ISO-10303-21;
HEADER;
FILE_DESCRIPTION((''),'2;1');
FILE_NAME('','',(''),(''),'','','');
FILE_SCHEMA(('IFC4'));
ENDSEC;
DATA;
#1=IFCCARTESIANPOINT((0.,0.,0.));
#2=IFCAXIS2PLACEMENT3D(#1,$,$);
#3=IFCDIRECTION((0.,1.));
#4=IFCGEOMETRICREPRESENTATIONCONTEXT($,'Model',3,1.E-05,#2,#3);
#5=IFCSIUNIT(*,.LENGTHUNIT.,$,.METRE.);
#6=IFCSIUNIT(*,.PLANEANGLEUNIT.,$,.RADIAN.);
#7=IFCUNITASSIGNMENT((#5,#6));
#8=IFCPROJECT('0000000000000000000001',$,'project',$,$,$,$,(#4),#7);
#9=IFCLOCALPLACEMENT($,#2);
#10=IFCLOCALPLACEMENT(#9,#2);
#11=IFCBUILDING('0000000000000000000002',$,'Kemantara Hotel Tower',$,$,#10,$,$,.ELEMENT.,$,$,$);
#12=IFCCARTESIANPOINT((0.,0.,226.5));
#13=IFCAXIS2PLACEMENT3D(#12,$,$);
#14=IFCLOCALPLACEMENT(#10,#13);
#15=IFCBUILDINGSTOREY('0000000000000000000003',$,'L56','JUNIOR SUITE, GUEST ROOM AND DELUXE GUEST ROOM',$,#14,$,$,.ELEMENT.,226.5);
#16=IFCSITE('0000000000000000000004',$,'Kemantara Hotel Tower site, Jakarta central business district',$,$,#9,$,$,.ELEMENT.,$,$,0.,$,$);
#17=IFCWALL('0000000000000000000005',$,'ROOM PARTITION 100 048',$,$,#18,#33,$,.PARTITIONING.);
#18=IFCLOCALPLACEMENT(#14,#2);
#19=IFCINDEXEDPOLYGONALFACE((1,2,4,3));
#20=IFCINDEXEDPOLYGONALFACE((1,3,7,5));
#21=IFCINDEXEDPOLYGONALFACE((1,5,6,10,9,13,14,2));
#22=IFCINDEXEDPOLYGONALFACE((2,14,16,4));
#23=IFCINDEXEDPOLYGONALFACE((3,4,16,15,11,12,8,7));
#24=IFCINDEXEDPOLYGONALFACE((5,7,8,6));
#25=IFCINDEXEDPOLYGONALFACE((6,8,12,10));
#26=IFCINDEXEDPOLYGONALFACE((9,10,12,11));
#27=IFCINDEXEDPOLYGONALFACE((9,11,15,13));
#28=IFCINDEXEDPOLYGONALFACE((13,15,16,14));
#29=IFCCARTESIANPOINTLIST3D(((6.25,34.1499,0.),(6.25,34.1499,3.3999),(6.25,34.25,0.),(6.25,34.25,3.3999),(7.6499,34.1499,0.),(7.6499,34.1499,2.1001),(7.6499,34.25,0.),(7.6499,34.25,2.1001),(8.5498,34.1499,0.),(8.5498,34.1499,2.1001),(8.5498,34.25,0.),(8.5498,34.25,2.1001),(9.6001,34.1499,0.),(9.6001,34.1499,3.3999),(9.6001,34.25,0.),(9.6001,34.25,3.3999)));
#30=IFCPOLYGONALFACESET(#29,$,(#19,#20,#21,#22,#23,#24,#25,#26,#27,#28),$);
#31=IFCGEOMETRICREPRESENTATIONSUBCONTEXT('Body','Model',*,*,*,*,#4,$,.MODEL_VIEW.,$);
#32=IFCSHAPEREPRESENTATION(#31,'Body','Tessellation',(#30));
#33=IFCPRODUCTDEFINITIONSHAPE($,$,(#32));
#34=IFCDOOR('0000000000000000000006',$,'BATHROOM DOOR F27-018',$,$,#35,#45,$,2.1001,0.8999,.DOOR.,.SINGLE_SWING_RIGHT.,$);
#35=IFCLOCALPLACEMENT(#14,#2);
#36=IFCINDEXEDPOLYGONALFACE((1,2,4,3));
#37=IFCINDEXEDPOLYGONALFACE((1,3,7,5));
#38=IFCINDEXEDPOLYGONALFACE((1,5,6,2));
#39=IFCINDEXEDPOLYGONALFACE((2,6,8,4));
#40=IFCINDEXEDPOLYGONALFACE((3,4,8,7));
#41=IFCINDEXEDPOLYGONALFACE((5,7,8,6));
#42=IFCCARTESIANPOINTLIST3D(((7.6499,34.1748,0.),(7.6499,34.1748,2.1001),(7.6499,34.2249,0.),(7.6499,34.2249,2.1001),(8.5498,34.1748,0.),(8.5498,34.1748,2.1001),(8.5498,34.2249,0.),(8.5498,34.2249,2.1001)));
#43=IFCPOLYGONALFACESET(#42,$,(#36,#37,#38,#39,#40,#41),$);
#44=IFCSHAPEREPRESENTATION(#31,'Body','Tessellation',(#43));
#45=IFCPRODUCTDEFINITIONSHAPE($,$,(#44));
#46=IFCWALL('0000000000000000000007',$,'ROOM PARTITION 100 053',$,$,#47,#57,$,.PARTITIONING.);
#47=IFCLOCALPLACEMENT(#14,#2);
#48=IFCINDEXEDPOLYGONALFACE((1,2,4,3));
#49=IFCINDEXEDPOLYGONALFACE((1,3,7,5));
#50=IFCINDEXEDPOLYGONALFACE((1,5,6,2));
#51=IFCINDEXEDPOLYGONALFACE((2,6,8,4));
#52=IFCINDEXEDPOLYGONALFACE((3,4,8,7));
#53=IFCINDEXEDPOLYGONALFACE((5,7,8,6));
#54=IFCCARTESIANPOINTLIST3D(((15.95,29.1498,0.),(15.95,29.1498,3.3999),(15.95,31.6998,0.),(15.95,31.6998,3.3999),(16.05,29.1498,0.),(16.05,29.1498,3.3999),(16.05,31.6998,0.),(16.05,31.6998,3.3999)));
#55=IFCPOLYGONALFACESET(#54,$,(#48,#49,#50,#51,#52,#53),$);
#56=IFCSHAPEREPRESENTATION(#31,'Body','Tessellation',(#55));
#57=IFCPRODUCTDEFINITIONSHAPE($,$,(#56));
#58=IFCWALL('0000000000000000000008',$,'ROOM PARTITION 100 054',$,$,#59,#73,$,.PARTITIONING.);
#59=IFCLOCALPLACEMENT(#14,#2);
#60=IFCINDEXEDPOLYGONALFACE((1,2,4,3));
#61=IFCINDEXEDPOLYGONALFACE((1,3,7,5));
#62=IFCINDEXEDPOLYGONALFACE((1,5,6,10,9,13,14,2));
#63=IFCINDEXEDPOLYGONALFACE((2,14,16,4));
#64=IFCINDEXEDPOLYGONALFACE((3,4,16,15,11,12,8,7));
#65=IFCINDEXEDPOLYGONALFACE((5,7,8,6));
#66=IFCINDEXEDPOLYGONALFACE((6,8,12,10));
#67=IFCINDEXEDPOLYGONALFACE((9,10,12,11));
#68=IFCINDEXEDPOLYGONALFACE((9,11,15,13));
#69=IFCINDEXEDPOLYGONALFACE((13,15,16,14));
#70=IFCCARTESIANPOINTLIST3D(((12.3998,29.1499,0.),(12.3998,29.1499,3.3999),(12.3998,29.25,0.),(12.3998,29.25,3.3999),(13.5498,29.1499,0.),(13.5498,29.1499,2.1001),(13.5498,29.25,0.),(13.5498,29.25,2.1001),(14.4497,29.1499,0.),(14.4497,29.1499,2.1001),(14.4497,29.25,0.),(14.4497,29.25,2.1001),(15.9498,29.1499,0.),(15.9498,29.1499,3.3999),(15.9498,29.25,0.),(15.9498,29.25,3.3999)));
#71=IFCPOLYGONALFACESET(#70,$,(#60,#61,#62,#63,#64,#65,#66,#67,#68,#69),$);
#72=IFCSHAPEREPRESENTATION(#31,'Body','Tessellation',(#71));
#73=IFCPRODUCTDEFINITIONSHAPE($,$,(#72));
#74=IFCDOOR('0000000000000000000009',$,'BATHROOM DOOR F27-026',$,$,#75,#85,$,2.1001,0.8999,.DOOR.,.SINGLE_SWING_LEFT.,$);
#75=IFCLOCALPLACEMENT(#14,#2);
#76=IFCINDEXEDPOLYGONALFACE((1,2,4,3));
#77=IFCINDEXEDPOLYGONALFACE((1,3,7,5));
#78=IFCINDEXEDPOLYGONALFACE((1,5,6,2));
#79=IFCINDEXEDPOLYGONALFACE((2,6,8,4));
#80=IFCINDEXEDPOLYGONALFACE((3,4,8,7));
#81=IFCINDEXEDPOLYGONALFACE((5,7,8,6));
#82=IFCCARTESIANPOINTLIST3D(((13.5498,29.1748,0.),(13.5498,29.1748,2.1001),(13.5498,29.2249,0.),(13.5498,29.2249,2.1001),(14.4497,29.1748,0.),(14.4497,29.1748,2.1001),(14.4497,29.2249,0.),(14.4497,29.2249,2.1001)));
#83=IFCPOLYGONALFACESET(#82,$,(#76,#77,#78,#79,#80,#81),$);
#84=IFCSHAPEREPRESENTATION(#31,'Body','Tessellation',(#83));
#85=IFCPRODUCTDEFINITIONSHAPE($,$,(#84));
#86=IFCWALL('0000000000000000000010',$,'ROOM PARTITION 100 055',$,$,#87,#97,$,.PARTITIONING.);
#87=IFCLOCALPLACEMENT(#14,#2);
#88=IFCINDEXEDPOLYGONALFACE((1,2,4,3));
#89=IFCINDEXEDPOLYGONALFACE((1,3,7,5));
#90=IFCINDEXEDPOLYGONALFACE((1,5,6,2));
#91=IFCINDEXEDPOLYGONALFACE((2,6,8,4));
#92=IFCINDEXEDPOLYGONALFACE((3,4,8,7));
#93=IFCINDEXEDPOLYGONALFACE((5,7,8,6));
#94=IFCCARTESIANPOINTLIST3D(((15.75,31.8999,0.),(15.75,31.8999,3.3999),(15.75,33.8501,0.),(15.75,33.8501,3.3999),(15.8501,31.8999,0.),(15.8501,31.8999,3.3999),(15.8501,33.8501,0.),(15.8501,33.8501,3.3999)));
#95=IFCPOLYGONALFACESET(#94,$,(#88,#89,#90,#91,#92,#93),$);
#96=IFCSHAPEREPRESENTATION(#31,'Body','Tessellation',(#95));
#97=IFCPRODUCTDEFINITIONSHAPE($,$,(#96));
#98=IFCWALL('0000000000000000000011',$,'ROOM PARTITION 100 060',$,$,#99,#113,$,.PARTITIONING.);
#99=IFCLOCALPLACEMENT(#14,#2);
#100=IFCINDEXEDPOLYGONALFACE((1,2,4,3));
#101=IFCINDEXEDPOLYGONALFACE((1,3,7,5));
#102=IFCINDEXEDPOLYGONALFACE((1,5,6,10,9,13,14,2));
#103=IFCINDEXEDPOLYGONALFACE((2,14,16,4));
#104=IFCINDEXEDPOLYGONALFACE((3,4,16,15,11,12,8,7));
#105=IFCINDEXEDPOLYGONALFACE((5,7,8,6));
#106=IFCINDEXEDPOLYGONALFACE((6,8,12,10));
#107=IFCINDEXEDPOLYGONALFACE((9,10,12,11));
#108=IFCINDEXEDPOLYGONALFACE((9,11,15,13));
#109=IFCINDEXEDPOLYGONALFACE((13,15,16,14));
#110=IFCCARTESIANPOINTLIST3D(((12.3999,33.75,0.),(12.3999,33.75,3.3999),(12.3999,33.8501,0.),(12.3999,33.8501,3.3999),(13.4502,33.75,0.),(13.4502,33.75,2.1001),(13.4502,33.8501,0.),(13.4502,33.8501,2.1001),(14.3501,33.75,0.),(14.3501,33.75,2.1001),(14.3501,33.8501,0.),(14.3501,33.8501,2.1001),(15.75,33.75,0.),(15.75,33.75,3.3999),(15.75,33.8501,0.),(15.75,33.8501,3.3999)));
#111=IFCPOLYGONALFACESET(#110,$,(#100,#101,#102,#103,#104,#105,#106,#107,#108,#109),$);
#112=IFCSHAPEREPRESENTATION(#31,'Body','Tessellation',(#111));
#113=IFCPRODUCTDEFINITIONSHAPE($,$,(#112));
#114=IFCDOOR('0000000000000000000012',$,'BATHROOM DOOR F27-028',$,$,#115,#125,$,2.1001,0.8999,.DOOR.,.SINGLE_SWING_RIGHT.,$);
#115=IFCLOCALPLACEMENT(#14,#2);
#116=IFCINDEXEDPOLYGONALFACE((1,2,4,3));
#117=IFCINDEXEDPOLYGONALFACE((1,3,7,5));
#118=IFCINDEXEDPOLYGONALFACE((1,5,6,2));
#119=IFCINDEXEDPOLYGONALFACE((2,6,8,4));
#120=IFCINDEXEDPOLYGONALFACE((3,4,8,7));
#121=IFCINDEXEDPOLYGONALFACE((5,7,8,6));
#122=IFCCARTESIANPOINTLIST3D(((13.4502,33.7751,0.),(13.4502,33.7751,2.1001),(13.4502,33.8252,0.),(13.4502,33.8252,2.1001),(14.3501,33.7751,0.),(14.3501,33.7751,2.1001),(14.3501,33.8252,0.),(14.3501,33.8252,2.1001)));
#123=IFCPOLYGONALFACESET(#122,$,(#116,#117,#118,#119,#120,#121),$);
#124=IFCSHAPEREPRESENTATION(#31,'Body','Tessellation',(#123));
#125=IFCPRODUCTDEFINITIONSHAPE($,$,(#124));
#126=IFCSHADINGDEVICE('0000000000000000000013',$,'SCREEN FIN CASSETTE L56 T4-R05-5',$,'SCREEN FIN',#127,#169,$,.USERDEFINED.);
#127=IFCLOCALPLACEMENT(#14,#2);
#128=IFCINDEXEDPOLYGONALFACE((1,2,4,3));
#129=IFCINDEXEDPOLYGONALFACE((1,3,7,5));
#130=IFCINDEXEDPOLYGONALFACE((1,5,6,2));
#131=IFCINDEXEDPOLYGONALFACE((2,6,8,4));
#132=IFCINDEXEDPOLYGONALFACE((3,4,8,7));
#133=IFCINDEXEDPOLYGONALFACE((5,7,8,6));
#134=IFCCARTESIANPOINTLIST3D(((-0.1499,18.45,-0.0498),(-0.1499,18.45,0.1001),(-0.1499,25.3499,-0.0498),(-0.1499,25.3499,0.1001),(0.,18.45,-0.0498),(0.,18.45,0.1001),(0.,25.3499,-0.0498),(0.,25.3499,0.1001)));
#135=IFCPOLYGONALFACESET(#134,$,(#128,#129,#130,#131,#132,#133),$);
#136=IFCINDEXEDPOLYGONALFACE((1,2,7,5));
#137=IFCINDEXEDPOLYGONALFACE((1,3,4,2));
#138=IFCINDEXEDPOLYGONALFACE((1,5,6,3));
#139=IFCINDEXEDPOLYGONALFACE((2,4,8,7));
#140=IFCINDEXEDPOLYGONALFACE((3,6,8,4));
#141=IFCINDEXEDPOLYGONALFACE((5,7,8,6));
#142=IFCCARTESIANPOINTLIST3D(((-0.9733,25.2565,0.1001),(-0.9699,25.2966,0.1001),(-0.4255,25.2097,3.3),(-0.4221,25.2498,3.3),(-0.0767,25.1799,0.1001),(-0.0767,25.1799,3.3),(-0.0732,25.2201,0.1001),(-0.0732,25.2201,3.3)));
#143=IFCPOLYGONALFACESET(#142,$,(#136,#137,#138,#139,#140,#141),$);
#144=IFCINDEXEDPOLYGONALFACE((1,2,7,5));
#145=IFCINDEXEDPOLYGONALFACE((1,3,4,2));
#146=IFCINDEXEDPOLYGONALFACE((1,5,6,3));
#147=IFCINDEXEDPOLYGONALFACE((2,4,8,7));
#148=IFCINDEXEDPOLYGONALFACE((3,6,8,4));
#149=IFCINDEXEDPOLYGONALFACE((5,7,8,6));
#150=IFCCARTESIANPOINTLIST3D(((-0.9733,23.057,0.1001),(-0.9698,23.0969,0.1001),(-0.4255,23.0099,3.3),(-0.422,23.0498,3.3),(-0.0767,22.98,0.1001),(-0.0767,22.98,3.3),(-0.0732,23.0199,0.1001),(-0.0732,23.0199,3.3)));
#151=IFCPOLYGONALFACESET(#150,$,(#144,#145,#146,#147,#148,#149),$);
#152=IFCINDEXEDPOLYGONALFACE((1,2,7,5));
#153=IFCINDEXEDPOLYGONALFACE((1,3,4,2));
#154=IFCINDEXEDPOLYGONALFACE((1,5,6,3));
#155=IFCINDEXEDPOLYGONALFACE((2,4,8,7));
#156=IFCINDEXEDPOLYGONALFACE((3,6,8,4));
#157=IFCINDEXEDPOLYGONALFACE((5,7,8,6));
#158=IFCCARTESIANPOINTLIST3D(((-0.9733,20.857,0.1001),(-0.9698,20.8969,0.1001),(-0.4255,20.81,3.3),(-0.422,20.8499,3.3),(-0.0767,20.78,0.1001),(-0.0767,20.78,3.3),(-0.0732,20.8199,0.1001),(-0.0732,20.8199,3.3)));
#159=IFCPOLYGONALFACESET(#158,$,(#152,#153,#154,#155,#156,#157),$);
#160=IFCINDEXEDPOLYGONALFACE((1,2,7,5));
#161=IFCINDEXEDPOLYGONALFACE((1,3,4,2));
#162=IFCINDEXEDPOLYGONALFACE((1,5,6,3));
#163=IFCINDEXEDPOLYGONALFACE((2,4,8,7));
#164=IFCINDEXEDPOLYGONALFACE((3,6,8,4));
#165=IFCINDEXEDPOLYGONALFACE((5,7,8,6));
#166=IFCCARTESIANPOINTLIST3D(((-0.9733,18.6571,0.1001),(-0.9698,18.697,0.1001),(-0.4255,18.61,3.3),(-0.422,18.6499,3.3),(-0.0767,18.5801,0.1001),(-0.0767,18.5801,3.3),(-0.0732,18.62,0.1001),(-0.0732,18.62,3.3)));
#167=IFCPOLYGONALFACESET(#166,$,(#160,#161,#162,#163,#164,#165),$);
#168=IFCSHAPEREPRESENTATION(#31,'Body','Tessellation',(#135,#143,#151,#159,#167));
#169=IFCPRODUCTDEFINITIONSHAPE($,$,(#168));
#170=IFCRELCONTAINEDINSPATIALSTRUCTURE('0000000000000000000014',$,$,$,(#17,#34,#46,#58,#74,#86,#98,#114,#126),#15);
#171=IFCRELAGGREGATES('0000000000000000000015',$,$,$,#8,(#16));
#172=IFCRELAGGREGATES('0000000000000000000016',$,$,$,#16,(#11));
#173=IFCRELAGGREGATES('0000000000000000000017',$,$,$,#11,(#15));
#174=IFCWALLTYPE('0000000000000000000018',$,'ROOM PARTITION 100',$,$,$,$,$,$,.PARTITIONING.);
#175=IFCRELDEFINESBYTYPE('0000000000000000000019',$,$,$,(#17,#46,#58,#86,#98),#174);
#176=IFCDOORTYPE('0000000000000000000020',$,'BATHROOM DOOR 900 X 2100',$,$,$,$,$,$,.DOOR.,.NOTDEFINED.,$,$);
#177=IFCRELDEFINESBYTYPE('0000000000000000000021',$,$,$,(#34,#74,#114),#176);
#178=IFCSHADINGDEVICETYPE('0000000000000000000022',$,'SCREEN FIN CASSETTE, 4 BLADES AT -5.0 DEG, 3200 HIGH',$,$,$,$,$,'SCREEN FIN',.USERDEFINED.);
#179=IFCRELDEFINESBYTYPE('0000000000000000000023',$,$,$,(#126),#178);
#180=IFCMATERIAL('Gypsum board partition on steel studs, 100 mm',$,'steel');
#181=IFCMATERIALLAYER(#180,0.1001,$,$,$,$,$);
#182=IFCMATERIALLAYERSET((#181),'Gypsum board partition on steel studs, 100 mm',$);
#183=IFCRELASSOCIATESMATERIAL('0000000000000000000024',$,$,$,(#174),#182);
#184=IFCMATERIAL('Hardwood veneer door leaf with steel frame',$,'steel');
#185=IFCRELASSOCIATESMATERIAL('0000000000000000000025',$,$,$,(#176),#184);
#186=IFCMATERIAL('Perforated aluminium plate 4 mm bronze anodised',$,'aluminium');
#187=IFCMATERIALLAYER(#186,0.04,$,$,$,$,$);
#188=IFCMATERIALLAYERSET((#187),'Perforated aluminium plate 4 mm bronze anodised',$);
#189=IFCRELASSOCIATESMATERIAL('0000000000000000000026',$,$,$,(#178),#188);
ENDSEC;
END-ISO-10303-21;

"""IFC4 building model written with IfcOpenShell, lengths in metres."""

from ifc_helpers import new_model, si_unit, direction, frame, frame_2d, origin, origin_2d, place, context, subcontext, project, spatial, polyline, rectangle, outline, extrude, source, transform, mapped, material, layer, layer_set, type_object, element, fill, save


model = new_model("IFC4")

# Units and contexts
model_context = context("Model", 3, precision=1e-05, world=origin(), true_north=direction((0.0, 1.0)))
body_context = subcontext(model_context, "Body", "Model", "MODEL_VIEW")
ifc_project = project(units=[si_unit("LENGTHUNIT", "METRE"), si_unit("PLANEANGLEUNIT", "RADIAN")], contexts=[model_context])

# Site, building, storey
site_placement = place(None, origin())
site = spatial("IfcSite", under=ifc_project, at=site_placement, Name="Kemantara Hotel Tower site, Jakarta central business district", CompositionType="ELEMENT", RefElevation=0.0)
building_placement = place(site_placement, origin())
building = spatial("IfcBuilding", under=site, at=building_placement, Name="Kemantara Hotel Tower", CompositionType="ELEMENT")
storey_placement = place(building_placement, frame((0.0, 0.0, 226.5)))
storey = spatial("IfcBuildingStorey", under=building, at=storey_placement, Name="L56", Description="JUNIOR SUITE, GUEST ROOM AND DELUXE GUEST ROOM", CompositionType="ELEMENT", Elevation=226.5)

# Shared definitions
ifc_material_1 = material(Name="Hardwood veneer door leaf with steel frame", Category="steel")

# Shared definitions
ifc_material_2 = material(Name="Gypsum board partition on steel studs, 100 mm", Category="steel")
ifc_layer_1 = layer(ifc_material_2, 0.1001)
ifc_layer_set_1 = layer_set([ifc_layer_1], Name="Gypsum board partition on steel studs, 100 mm")
wall_type_1 = type_object("IfcWallType", Name="ROOM PARTITION 100", PredefinedType="PARTITIONING", material=ifc_layer_set_1)

# Wall, opening, door
wall_1_placement = place(storey_placement, frame((6.25, 34.2, 0.0), z_axis=(0.0, 0.0, 1.0), x_axis=(1.0, 0.0, 0.0)))
wall_1 = element("IfcWall", 1, at=wall_1_placement, inside=storey, type_object=wall_type_1, Name="ROOM PARTITION 100 048", PredefinedType="PARTITIONING", context=body_context, shape_type="SweptSolid", body=[
    extrude(rectangle(XDim=3.3501, YDim=0.1001, at=frame_2d((1.675, 0.0))), origin(), (0.0, 0.0, 1.0), 3.3999),
])
opening_1_placement = place(wall_1_placement, frame((1.3999, 0.0, 0.0)))
opening_1 = element("IfcOpeningElement", 2, at=opening_1_placement, cuts=wall_1, PredefinedType="OPENING", context=body_context, shape_type="SweptSolid", body=[
    extrude(rectangle(XDim=0.8999, YDim=2.1001, at=frame_2d((0.45, 1.05))), frame((0.0, 0.0601, 0.0), z_axis=(0.0, -1.0, 0.0), x_axis=(1.0, 0.0, 0.0)), (0.0, 0.0, 1.0), 0.1201),
])
door_type_1 = type_object("IfcDoorType", Name="BATHROOM DOOR 900 X 2100", OperationType="NOTDEFINED", PredefinedType="DOOR", material=ifc_material_1)
door_1_placement = place(opening_1_placement, origin())
door_1 = element("IfcDoor", 3, at=door_1_placement, inside=storey, type_object=door_type_1, Name="BATHROOM DOOR F27-018", OperationType="SINGLE_SWING_RIGHT", OverallHeight=2.1001, OverallWidth=0.8999, PredefinedType="DOOR", context=body_context, shape_type="SweptSolid", body=[
    extrude(rectangle(XDim=0.8999, YDim=2.1001, at=frame_2d((0.45, 1.05))), frame((0.0, 0.0249, 0.0), z_axis=(0.0, -1.0, 0.0), x_axis=(1.0, 0.0, 0.0)), (0.0, 0.0, 1.0), 0.05),
])
fill(opening_1, door_1)

# Wall
wall_2_placement = place(storey_placement, frame((16.0, 29.1499, 0.0), z_axis=(0.0, 0.0, 1.0), x_axis=(0.0, 1.0, 0.0)))
element("IfcWall", 4, at=wall_2_placement, inside=storey, type_object=wall_type_1, Name="ROOM PARTITION 100 053", PredefinedType="PARTITIONING", context=body_context, shape_type="SweptSolid", body=[
    extrude(rectangle(XDim=2.55, YDim=0.1001, at=frame_2d((1.2749, 0.0))), origin(), (0.0, 0.0, 1.0), 3.3999),
])

# Wall, opening, door
wall_3_placement = place(storey_placement, frame((12.3999, 29.2, 0.0), z_axis=(0.0, 0.0, 1.0), x_axis=(1.0, 0.0, 0.0)))
wall_3 = element("IfcWall", 5, at=wall_3_placement, inside=storey, type_object=wall_type_1, Name="ROOM PARTITION 100 054", PredefinedType="PARTITIONING", context=body_context, shape_type="SweptSolid", body=[
    extrude(rectangle(XDim=3.55, YDim=0.1001, at=frame_2d((1.7749, 0.0))), origin(), (0.0, 0.0, 1.0), 3.3999),
])
opening_2_placement = place(wall_3_placement, frame((1.1499, 0.0, 0.0)))
opening_2 = element("IfcOpeningElement", 6, at=opening_2_placement, cuts=wall_3, PredefinedType="OPENING", context=body_context, shape_type="SweptSolid", body=[
    extrude(rectangle(XDim=0.8999, YDim=2.1001, at=frame_2d((0.45, 1.05))), frame((0.0, 0.0601, 0.0), z_axis=(0.0, -1.0, 0.0), x_axis=(1.0, 0.0, 0.0)), (0.0, 0.0, 1.0), 0.1201),
])
door_2_placement = place(opening_2_placement, origin())
door_2 = element("IfcDoor", 7, at=door_2_placement, inside=storey, type_object=door_type_1, Name="BATHROOM DOOR F27-026", OperationType="SINGLE_SWING_LEFT", OverallHeight=2.1001, OverallWidth=0.8999, PredefinedType="DOOR", context=body_context, shape_type="SweptSolid", body=[
    extrude(rectangle(XDim=0.8999, YDim=2.1001, at=frame_2d((0.45, 1.05))), frame((0.0, 0.0249, 0.0), z_axis=(0.0, -1.0, 0.0), x_axis=(1.0, 0.0, 0.0)), (0.0, 0.0, 1.0), 0.05),
])
fill(opening_2, door_2)

# Wall
wall_4_placement = place(storey_placement, frame((15.8, 31.8999, 0.0), z_axis=(0.0, 0.0, 1.0), x_axis=(0.0, 1.0, 0.0)))
element("IfcWall", 8, at=wall_4_placement, inside=storey, type_object=wall_type_1, Name="ROOM PARTITION 100 055", PredefinedType="PARTITIONING", context=body_context, shape_type="SweptSolid", body=[
    extrude(rectangle(XDim=1.9502, YDim=0.1001, at=frame_2d((0.9751, 0.0))), origin(), (0.0, 0.0, 1.0), 3.3999),
])

# Wall, opening, door
wall_5_placement = place(storey_placement, frame((15.75, 33.8, 0.0), z_axis=(0.0, 0.0, 1.0), x_axis=(-1.0, 0.0, 0.0)))
wall_5 = element("IfcWall", 9, at=wall_5_placement, inside=storey, type_object=wall_type_1, Name="ROOM PARTITION 100 060", PredefinedType="PARTITIONING", context=body_context, shape_type="SweptSolid", body=[
    extrude(rectangle(XDim=3.3501, YDim=0.1001, at=frame_2d((1.675, 0.0))), origin(), (0.0, 0.0, 1.0), 3.3999),
])
opening_3_placement = place(wall_5_placement, frame((1.3999, 0.0, 0.0)))
opening_3 = element("IfcOpeningElement", 10, at=opening_3_placement, cuts=wall_5, PredefinedType="OPENING", context=body_context, shape_type="SweptSolid", body=[
    extrude(rectangle(XDim=0.8999, YDim=2.1001, at=frame_2d((0.45, 1.05))), frame((0.0, 0.0601, 0.0), z_axis=(0.0, -1.0, 0.0), x_axis=(1.0, 0.0, 0.0)), (0.0, 0.0, 1.0), 0.1201),
])
door_3_placement = place(opening_3_placement, origin())
door_3 = element("IfcDoor", 11, at=door_3_placement, inside=storey, type_object=door_type_1, Name="BATHROOM DOOR F27-028", OperationType="SINGLE_SWING_RIGHT", OverallHeight=2.1001, OverallWidth=0.8999, PredefinedType="DOOR", context=body_context, shape_type="SweptSolid", body=[
    extrude(rectangle(XDim=0.8999, YDim=2.1001, at=frame_2d((0.45, 1.05))), frame((0.0, 0.0249, 0.0), z_axis=(0.0, -1.0, 0.0), x_axis=(1.0, 0.0, 0.0)), (0.0, 0.0, 1.0), 0.05),
])
fill(opening_3, door_3)

# Shading device
ifc_material_3 = material(Name="Perforated aluminium plate 4 mm bronze anodised", Category="aluminium")
ifc_layer_2 = layer(ifc_material_3, 0.04)
ifc_layer_set_2 = layer_set([ifc_layer_2], Name="Perforated aluminium plate 4 mm bronze anodised")
shading_device_type_1 = type_object("IfcShadingDeviceType", Name="SCREEN FIN CASSETTE, 4 BLADES AT -5.0 DEG, 3200 HIGH", ElementType="SCREEN FIN", PredefinedType="USERDEFINED", material=ifc_layer_set_2)
shared_shape_1 = source(origin(), body_context, "Body", "SweptSolid", [
    extrude(rectangle(XDim=6.8999, YDim=0.1499, at=origin_2d()), frame((3.3, -0.075, -0.1499), z_axis=(0.0, 0.0, 1.0), x_axis=(1.0, 0.0, 0.0)), (0.0, 0.0, 1.0), 0.1499),
    extrude(outline(polyline([(0.0, 0.0), (0.8999, 0.0), (0.3501, 3.2), (0.0, 3.2), (0.0, 0.0)])), frame((0.02, -0.0767, 0.0), z_axis=(-0.996376, 0.085056, 0.0), x_axis=(-0.085056, -0.996376, 0.0)), (0.0, 0.0, 1.0), 0.0403),
    extrude(outline(polyline([(0.0, 0.0), (0.8999, 0.0), (0.3501, 3.2), (0.0, 3.2), (0.0, 0.0)])), frame((2.22, -0.0767, 0.0), z_axis=(-0.996332, 0.085575, 0.0), x_axis=(-0.085575, -0.996332, 0.0)), (0.0, 0.0, 1.0), 0.04),
    extrude(outline(polyline([(0.0, 0.0), (0.8999, 0.0), (0.3501, 3.2), (0.0, 3.2), (0.0, 0.0)])), frame((4.4199, -0.0767, 0.0), z_axis=(-0.996332, 0.085575, 0.0), x_axis=(-0.085575, -0.996332, 0.0)), (0.0, 0.0, 1.0), 0.04),
    extrude(outline(polyline([(0.0, 0.0), (0.8999, 0.0), (0.3501, 3.2), (0.0, 3.2), (0.0, 0.0)])), frame((6.6199, -0.0767, 0.0), z_axis=(-0.996332, 0.085575, 0.0), x_axis=(-0.085575, -0.996332, 0.0)), (0.0, 0.0, 1.0), 0.04),
])
shading_device_1_placement = place(storey_placement, frame((0.0, 25.2, 0.1001), z_axis=(0.0, 0.0, 1.0), x_axis=(0.0, -1.0, 0.0)))
element("IfcShadingDevice", 12, at=shading_device_1_placement, inside=storey, type_object=shading_device_type_1, Name="SCREEN FIN CASSETTE L56 T4-R05-5", ObjectType="SCREEN FIN", PredefinedType="USERDEFINED", context=body_context, shape_type="MappedRepresentation", body=[
    mapped(shared_shape_1, transform((0.0, 0.0, 0.0))),
])

save(model, "model.ifc")
